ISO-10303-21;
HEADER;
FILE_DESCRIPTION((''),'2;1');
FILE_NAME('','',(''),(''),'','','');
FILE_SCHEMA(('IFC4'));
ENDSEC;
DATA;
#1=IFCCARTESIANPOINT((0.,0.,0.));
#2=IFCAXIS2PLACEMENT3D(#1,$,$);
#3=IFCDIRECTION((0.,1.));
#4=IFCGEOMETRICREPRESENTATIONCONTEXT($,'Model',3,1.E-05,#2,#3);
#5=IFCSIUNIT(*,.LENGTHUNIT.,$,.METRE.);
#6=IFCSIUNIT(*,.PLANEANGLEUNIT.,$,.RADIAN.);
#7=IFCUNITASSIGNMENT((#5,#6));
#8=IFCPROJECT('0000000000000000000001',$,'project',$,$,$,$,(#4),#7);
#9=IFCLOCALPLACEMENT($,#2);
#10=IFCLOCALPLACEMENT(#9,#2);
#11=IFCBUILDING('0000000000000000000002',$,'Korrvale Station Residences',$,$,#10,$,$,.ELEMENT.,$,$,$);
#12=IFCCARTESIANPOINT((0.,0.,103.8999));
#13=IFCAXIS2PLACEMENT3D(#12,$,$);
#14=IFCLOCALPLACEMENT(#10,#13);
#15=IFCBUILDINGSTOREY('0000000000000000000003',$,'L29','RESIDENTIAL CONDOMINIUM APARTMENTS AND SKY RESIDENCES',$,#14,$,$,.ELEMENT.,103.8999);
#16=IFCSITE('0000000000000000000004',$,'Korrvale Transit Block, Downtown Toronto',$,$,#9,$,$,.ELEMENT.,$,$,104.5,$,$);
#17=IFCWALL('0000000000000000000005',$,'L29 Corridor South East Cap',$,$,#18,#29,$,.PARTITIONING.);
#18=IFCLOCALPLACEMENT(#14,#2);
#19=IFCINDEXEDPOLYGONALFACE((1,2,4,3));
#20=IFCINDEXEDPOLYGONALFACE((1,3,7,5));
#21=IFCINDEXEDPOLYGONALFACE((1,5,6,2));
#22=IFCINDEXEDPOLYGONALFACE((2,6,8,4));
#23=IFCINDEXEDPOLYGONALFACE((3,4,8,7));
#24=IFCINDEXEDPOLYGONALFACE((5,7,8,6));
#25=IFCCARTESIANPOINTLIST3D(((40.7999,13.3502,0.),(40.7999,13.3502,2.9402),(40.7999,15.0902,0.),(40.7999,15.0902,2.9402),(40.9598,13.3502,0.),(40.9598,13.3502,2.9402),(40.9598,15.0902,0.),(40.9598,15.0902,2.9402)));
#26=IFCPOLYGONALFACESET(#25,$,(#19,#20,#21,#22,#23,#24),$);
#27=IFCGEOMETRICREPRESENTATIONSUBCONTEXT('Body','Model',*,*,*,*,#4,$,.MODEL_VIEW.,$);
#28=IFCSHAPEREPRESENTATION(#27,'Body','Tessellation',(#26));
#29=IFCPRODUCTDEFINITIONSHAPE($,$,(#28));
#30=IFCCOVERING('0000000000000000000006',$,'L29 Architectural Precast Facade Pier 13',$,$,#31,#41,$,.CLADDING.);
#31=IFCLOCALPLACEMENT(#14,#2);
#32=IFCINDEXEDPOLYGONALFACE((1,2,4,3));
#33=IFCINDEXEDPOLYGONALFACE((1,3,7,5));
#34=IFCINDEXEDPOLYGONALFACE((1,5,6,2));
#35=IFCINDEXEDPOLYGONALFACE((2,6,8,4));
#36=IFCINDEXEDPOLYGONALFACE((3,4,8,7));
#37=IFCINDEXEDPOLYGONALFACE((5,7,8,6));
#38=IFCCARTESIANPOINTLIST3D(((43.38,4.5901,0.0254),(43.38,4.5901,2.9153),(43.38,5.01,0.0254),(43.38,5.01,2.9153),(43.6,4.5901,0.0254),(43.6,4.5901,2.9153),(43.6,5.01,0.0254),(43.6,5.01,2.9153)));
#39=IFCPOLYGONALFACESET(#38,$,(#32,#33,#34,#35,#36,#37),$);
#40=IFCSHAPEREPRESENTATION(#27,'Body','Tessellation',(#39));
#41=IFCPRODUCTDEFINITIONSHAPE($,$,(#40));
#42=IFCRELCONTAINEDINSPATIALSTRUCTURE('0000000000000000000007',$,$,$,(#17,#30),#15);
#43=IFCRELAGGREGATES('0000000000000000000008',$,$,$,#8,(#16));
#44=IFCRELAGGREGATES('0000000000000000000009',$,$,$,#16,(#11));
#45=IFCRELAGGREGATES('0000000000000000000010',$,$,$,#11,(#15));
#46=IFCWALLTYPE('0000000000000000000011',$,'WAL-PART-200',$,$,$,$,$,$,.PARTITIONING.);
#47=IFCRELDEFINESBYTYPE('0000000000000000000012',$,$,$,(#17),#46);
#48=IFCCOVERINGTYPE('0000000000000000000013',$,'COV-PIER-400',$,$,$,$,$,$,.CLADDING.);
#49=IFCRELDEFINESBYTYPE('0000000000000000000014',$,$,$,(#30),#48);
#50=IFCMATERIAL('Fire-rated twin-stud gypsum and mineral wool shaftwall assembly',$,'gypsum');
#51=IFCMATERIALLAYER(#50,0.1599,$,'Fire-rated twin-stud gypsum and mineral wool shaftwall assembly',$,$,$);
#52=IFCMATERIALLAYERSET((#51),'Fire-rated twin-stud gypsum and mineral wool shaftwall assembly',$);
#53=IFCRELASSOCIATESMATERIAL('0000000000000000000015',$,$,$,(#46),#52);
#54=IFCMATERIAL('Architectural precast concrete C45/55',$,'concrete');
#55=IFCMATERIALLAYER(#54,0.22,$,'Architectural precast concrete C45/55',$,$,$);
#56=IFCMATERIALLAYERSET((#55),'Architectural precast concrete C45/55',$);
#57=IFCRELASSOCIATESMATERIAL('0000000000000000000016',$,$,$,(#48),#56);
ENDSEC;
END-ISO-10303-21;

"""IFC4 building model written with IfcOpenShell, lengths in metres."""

from ifc_helpers import new_model, si_unit, direction, frame, frame_2d, origin, origin_2d, place, context, subcontext, project, spatial, rectangle, extrude, material, layer, layer_set, type_object, element, save


model = new_model("IFC4")

# Units and contexts
model_context = context("Model", 3, precision=1e-05, world=origin(), true_north=direction((0.0, 1.0)))
body_context = subcontext(model_context, "Body", "Model", "MODEL_VIEW")
ifc_project = project(units=[si_unit("LENGTHUNIT", "METRE"), si_unit("PLANEANGLEUNIT", "RADIAN")], contexts=[model_context])

# Site, building, storey
site_placement = place(None, origin())
site = spatial("IfcSite", under=ifc_project, at=site_placement, Name="Korrvale Transit Block, Downtown Toronto", CompositionType="ELEMENT", RefElevation=104.5)
building_placement = place(site_placement, origin())
building = spatial("IfcBuilding", under=site, at=building_placement, Name="Korrvale Station Residences", CompositionType="ELEMENT")
storey_placement = place(building_placement, frame((0.0, 0.0, 103.8999)))
storey = spatial("IfcBuildingStorey", under=building, at=storey_placement, Name="L29", Description="RESIDENTIAL CONDOMINIUM APARTMENTS AND SKY RESIDENCES", CompositionType="ELEMENT", Elevation=103.8999)

# Wall
ifc_material_1 = material(Name="Fire-rated twin-stud gypsum and mineral wool shaftwall assembly", Category="gypsum")
ifc_layer_1 = layer(ifc_material_1, 0.1599, Name="Fire-rated twin-stud gypsum and mineral wool shaftwall assembly")
ifc_layer_set_1 = layer_set([ifc_layer_1], Name="Fire-rated twin-stud gypsum and mineral wool shaftwall assembly")
wall_type_1 = type_object("IfcWallType", Name="WAL-PART-200", PredefinedType="PARTITIONING", material=ifc_layer_set_1)
wall_1_placement = place(storey_placement, frame((40.8799, 13.3501, 0.0), z_axis=(0.0, 0.0, 1.0), x_axis=(0.0, 1.0, 0.0)))
element("IfcWall", 1, at=wall_1_placement, inside=storey, type_object=wall_type_1, Name="L29 Corridor South East Cap", PredefinedType="PARTITIONING", context=body_context, shape_type="SweptSolid", body=[
    extrude(rectangle(XDim=1.74, YDim=0.1599, at=frame_2d((0.8701, 0.0))), origin(), (0.0, 0.0, 1.0), 2.9402),
])

# Covering
ifc_material_2 = material(Name="Architectural precast concrete C45/55", Category="concrete")
ifc_layer_2 = layer(ifc_material_2, 0.22, Name="Architectural precast concrete C45/55")
ifc_layer_set_2 = layer_set([ifc_layer_2], Name="Architectural precast concrete C45/55")
covering_type = type_object("IfcCoveringType", Name="COV-PIER-400", PredefinedType="CLADDING", material=ifc_layer_set_2)
covering_placement = place(storey_placement, frame((43.49, 4.8, 0.0254), z_axis=(0.0, 0.0, 1.0), x_axis=(0.0, 1.0, 0.0)))
element("IfcCovering", 2, at=covering_placement, inside=storey, type_object=covering_type, Name="L29 Architectural Precast Facade Pier 13", PredefinedType="CLADDING", context=body_context, shape_type="SweptSolid", body=[
    extrude(rectangle(XDim=0.4199, YDim=0.22, at=origin_2d()), origin(), (0.0, 0.0, 1.0), 2.8899),
])

save(model, "model.ifc")
